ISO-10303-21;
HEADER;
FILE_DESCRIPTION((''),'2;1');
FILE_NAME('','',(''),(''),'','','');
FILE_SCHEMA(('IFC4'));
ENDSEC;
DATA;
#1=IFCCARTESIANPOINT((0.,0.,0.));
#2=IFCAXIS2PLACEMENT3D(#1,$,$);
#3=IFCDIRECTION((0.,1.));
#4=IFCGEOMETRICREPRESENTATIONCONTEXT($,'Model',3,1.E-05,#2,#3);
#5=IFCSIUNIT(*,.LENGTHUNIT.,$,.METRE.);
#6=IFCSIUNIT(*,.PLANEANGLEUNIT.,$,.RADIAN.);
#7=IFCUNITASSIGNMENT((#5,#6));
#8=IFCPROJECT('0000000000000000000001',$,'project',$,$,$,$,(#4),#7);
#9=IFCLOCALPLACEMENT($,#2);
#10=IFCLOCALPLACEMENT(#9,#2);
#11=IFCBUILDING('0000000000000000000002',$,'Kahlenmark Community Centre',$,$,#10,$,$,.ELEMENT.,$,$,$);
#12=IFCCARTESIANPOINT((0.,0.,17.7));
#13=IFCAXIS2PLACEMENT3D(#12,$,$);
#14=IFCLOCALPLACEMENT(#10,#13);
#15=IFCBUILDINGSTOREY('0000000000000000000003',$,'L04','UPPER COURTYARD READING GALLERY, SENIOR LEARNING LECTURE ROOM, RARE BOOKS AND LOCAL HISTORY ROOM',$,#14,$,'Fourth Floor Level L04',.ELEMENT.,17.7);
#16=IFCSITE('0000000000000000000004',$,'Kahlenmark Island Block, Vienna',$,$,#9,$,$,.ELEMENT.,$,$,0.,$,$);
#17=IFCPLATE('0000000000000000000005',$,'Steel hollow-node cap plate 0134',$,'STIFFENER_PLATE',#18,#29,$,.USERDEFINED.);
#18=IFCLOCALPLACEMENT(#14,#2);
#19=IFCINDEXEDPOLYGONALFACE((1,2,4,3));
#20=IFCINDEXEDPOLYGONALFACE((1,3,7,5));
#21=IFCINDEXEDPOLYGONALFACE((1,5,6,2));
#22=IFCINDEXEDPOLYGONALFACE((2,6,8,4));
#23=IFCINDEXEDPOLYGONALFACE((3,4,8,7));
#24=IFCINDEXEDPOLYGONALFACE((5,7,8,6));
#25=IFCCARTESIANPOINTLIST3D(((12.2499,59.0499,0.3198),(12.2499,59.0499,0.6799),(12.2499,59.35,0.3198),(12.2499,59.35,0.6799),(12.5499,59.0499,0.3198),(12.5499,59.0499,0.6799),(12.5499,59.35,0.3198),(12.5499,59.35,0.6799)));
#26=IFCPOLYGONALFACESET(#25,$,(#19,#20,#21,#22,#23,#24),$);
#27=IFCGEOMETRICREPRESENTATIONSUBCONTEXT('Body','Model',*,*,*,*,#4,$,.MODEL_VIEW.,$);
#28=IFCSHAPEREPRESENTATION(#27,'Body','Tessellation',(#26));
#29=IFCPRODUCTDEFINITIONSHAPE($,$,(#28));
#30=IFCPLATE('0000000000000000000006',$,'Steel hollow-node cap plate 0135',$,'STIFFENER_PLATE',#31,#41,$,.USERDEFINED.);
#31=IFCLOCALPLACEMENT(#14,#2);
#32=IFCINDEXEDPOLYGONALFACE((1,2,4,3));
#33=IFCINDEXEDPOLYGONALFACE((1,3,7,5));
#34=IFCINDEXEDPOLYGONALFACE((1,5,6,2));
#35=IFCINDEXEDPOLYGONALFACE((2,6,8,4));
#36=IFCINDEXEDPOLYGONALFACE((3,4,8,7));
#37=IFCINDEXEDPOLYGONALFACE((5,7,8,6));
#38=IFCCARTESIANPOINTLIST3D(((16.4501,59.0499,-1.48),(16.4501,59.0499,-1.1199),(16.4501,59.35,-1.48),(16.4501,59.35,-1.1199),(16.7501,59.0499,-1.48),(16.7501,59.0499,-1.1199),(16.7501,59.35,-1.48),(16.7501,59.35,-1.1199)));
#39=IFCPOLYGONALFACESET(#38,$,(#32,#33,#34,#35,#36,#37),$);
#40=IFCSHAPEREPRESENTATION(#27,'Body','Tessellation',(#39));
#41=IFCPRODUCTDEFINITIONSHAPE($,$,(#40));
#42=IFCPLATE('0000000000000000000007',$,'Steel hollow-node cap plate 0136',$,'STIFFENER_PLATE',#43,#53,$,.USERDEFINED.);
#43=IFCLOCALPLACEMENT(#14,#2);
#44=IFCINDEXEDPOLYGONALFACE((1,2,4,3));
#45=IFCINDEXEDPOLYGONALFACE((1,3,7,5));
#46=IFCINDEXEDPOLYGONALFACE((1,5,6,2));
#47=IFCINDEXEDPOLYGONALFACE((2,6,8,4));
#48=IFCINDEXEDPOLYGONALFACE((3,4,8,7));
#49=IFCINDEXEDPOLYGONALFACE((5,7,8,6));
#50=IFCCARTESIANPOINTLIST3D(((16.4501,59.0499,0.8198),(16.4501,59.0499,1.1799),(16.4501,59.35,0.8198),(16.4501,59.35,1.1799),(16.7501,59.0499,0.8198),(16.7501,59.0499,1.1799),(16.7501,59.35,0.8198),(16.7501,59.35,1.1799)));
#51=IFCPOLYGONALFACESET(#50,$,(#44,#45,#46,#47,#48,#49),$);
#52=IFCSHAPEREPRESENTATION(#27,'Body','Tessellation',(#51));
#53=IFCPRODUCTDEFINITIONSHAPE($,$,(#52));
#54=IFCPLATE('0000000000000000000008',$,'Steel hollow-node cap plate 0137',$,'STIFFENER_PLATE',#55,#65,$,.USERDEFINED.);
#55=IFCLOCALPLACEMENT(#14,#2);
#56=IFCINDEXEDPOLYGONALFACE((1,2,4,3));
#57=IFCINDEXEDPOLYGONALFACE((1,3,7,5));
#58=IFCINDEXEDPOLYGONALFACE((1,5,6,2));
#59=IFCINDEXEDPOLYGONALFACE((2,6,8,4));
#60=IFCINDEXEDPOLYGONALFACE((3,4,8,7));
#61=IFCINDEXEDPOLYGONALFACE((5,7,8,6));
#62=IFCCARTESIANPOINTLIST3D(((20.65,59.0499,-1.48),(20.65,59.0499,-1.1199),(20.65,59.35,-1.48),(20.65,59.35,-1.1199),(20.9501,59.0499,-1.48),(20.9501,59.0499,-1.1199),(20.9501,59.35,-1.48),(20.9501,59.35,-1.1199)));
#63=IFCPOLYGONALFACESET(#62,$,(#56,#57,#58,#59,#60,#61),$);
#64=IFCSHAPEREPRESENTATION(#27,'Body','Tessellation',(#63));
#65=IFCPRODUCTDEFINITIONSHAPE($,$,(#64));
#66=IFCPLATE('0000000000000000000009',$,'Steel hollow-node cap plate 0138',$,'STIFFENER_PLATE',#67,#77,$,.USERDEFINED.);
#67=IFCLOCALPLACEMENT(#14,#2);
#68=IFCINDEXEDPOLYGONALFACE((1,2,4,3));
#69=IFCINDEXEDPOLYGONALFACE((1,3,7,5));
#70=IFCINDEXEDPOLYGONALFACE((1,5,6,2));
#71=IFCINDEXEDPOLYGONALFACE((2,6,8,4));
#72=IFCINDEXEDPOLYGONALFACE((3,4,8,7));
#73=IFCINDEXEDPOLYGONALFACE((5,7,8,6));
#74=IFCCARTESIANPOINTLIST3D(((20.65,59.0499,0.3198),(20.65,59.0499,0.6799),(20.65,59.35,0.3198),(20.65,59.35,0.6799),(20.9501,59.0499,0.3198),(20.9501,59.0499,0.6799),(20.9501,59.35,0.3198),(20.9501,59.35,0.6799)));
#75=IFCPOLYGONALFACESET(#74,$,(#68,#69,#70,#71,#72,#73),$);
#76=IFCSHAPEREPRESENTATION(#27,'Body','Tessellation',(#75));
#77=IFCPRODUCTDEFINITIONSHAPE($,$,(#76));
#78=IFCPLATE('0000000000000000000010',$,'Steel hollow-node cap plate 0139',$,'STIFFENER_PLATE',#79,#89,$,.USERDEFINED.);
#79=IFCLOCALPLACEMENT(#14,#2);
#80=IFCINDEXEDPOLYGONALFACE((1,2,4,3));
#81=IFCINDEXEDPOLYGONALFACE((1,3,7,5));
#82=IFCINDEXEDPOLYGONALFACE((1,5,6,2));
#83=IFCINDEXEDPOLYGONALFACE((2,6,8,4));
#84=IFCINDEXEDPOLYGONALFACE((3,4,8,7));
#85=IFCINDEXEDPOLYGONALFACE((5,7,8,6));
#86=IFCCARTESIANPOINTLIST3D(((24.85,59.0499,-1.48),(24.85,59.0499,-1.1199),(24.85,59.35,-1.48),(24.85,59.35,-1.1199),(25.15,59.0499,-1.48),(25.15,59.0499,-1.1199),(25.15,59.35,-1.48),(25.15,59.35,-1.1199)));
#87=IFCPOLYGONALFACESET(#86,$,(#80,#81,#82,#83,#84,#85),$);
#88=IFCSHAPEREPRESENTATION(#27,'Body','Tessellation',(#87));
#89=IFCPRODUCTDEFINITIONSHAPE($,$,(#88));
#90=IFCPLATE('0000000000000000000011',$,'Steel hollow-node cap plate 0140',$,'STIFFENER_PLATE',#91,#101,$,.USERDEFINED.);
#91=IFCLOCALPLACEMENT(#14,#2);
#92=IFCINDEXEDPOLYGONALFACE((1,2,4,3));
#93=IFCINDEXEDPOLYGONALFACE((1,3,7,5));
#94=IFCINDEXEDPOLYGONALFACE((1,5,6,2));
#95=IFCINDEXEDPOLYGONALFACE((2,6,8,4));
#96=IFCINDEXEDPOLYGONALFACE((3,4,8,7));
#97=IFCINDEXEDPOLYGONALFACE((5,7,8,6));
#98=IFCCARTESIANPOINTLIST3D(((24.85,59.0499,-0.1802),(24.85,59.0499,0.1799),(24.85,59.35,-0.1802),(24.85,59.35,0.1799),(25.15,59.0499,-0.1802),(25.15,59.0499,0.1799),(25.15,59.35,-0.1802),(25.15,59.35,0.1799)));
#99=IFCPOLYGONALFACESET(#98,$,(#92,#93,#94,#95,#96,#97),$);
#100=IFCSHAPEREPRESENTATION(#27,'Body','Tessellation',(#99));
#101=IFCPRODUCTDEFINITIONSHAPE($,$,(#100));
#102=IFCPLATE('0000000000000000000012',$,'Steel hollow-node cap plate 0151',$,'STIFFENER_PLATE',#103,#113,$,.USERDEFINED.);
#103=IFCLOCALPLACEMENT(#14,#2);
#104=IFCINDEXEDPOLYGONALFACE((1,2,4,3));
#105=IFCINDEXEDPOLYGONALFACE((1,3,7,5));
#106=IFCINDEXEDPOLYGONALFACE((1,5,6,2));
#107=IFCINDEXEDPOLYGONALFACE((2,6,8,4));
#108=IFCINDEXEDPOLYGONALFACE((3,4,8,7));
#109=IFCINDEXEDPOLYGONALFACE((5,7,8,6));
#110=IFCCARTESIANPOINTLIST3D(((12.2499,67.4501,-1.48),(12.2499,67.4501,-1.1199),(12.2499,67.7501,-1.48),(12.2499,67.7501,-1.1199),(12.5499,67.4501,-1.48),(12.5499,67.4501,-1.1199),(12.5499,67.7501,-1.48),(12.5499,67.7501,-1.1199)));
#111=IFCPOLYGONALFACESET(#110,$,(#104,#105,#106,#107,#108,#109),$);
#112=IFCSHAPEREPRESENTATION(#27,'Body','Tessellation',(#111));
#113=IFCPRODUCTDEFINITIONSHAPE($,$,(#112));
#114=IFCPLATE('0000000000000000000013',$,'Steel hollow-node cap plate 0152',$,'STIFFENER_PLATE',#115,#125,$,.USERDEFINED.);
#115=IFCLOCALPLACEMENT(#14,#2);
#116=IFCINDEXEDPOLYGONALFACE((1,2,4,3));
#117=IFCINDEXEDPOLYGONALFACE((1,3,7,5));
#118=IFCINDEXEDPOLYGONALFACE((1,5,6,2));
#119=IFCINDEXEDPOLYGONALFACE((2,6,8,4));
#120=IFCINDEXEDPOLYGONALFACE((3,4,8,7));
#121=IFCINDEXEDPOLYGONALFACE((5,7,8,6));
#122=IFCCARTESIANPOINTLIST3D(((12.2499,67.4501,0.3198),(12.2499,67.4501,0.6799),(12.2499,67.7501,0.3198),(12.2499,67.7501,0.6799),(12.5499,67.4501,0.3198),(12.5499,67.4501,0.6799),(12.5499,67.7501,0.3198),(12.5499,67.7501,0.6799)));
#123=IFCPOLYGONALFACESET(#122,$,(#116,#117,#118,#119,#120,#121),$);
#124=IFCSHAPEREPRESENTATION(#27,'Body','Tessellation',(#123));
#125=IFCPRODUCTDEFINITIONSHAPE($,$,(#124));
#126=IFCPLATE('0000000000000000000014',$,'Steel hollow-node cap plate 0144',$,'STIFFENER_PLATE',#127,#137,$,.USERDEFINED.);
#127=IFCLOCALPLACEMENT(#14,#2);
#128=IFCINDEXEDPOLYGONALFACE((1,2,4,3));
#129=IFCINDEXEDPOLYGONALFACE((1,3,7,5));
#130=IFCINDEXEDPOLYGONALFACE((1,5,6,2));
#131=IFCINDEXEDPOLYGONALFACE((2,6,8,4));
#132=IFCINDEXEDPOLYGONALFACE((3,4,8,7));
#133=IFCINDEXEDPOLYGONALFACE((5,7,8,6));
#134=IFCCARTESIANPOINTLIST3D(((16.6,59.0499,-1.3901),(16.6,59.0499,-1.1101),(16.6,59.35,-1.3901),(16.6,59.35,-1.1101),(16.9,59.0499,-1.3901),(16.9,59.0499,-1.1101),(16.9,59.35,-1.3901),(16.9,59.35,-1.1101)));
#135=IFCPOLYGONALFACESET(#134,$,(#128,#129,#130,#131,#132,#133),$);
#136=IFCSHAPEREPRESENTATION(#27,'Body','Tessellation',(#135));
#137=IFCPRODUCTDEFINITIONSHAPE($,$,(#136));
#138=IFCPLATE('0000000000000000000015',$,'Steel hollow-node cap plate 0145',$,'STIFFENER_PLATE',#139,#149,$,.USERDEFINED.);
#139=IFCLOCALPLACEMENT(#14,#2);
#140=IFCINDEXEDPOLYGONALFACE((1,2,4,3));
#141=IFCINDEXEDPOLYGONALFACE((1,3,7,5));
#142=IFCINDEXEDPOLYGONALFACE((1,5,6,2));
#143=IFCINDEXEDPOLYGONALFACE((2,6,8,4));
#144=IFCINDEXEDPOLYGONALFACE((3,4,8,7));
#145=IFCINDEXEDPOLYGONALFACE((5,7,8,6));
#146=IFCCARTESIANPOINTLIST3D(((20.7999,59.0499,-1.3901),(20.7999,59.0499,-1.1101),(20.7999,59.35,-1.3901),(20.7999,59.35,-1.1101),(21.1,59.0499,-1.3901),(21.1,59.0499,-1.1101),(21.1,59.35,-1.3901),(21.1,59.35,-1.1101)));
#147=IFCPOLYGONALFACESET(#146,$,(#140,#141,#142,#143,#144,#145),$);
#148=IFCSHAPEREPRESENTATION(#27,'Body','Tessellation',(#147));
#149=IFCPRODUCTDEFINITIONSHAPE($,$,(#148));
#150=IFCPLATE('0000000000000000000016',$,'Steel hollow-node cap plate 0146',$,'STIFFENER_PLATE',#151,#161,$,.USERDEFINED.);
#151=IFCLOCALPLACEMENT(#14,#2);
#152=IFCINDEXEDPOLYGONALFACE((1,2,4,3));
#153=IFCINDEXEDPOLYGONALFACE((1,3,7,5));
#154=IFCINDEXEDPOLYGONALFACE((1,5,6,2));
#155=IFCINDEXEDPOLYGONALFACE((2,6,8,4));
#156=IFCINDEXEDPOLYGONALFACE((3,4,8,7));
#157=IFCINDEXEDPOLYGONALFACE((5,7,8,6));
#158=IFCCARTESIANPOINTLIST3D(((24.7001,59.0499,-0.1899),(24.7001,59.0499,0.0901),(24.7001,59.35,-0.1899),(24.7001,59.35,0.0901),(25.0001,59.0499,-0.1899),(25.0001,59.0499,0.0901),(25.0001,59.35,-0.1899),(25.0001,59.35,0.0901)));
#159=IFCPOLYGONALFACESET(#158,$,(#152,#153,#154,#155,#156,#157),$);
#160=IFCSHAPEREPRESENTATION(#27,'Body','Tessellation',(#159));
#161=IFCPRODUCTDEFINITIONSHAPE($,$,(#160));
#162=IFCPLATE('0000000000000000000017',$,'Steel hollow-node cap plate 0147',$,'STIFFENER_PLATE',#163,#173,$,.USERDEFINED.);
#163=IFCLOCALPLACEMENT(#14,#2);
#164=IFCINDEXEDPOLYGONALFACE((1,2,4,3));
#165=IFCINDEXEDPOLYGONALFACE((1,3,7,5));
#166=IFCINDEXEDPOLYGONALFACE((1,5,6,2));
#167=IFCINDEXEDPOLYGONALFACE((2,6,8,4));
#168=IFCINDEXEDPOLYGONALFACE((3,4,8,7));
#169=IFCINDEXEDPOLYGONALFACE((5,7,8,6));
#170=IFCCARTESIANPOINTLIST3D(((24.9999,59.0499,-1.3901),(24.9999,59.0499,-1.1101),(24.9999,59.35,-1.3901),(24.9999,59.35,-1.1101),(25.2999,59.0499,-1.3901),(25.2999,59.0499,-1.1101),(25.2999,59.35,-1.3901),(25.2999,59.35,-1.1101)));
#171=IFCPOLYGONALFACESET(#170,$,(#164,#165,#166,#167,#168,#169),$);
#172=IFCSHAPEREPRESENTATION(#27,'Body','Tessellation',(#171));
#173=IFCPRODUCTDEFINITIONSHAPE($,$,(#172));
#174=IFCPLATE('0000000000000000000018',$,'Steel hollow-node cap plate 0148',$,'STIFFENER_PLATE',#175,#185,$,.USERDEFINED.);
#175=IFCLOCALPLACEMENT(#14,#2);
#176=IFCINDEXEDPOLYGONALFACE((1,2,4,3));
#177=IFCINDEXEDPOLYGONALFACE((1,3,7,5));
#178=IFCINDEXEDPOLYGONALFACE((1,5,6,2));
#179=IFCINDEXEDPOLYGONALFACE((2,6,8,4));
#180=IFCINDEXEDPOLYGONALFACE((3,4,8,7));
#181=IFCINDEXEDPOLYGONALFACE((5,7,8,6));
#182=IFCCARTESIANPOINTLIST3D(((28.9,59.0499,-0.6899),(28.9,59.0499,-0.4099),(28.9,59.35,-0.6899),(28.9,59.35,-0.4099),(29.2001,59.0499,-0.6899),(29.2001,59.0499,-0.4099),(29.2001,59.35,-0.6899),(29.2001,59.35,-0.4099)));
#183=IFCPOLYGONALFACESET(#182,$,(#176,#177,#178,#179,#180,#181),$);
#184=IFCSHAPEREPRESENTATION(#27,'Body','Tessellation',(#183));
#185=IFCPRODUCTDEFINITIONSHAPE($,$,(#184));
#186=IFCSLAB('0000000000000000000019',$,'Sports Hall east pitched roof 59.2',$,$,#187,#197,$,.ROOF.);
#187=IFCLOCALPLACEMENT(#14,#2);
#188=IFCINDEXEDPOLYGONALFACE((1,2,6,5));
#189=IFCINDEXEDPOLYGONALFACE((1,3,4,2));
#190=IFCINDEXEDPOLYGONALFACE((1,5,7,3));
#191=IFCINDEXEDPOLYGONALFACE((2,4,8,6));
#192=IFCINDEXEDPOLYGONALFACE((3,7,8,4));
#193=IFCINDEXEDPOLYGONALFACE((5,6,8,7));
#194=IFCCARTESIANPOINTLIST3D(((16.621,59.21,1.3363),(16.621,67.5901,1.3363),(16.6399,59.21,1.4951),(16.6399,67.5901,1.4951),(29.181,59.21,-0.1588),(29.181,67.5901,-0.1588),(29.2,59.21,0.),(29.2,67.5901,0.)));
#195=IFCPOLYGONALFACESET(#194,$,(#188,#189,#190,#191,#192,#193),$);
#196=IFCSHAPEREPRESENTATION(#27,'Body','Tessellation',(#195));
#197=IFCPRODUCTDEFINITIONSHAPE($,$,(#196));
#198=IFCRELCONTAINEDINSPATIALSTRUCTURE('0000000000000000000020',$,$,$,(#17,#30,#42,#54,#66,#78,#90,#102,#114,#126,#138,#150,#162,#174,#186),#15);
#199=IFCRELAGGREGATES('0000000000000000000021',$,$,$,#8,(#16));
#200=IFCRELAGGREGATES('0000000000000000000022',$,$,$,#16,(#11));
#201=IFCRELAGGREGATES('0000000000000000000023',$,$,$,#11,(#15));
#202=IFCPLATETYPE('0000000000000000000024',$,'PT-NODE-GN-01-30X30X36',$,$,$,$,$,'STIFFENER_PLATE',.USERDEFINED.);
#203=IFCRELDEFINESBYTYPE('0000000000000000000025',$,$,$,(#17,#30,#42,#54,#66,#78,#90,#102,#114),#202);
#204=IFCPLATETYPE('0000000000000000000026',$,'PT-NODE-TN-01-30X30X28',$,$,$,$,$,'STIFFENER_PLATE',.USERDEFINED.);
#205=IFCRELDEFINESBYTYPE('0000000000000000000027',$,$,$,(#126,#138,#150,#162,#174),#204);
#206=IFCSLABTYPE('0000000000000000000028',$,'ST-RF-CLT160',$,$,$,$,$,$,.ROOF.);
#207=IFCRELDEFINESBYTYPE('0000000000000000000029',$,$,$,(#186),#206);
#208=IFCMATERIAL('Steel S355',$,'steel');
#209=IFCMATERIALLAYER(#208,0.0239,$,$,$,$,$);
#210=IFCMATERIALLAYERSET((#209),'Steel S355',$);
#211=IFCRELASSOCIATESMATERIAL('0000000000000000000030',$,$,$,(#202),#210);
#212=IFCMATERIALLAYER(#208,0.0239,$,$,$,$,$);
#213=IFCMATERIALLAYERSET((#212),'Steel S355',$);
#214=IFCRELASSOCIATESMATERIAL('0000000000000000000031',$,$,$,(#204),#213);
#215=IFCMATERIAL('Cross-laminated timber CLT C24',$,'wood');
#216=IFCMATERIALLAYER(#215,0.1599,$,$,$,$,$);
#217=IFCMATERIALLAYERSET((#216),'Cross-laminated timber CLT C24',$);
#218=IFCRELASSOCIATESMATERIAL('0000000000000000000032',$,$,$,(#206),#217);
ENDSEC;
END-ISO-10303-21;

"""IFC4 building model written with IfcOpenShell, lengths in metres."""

from ifc_helpers import new_model, si_unit, direction, frame, origin, origin_2d, place, context, subcontext, project, spatial, polyline, rectangle, outline, extrude, material, layer, layer_set, type_object, element, save


model = new_model("IFC4")

# Units and contexts
model_context = context("Model", 3, precision=1e-05, world=origin(), true_north=direction((0.0, 1.0)))
body_context = subcontext(model_context, "Body", "Model", "MODEL_VIEW")
ifc_project = project(units=[si_unit("LENGTHUNIT", "METRE"), si_unit("PLANEANGLEUNIT", "RADIAN")], contexts=[model_context])

# Site, building, storey
site_placement = place(None, origin())
site = spatial("IfcSite", under=ifc_project, at=site_placement, Name="Kahlenmark Island Block, Vienna", CompositionType="ELEMENT", RefElevation=0.0)
building_placement = place(site_placement, origin())
building = spatial("IfcBuilding", under=site, at=building_placement, Name="Kahlenmark Community Centre", CompositionType="ELEMENT")
storey_placement = place(building_placement, frame((0.0, 0.0, 17.7)))
storey = spatial("IfcBuildingStorey", under=building, at=storey_placement, Name="L04", Description="UPPER COURTYARD READING GALLERY, SENIOR LEARNING LECTURE ROOM, RARE BOOKS AND LOCAL HISTORY ROOM", LongName="Fourth Floor Level L04", CompositionType="ELEMENT", Elevation=17.7)

# Shared definitions
ifc_material_1 = material(Name="Steel S355", Category="steel")

# Plates
ifc_layer_1 = layer(ifc_material_1, 0.0239)
ifc_layer_set_1 = layer_set([ifc_layer_1], Name="Steel S355")
plate_type_1 = type_object("IfcPlateType", Name="PT-NODE-GN-01-30X30X36", ElementType="STIFFENER_PLATE", PredefinedType="USERDEFINED", material=ifc_layer_set_1)
for number, where, z_axis, x_axis, name in (
    (1, (12.3999, 59.2, 0.3198), (0.0, 0.0, 1.0), (1.0, 0.0, 0.0), "Steel hollow-node cap plate 0134"),
    (2, (16.6001, 59.2, -1.48), (0.0, 0.0, 1.0), (1.0, 0.0, 0.0), "Steel hollow-node cap plate 0135"),
    (3, (16.6001, 59.2, 0.8198), (0.0, 0.0, 1.0), (1.0, 0.0, 0.0), "Steel hollow-node cap plate 0136"),
    (4, (20.8, 59.2, -1.48), (0.0, 0.0, 1.0), (1.0, 0.0, 0.0), "Steel hollow-node cap plate 0137"),
    (5, (20.8, 59.2, 0.3198), (0.0, 0.0, 1.0), (1.0, 0.0, 0.0), "Steel hollow-node cap plate 0138"),
    (6, (25.0, 59.2, -1.48), (0.0, 0.0, 1.0), (1.0, 0.0, 0.0), "Steel hollow-node cap plate 0139"),
    (7, (25.0, 59.2, -0.1802), (0.0, 0.0, 1.0), (1.0, 0.0, 0.0), "Steel hollow-node cap plate 0140"),
    (8, (12.3999, 67.6001, -1.48), (0.0, 0.0, 1.0), (1.0, 0.0, 0.0), "Steel hollow-node cap plate 0151"),
    (9, (12.3999, 67.6001, 0.3198), (0.0, 0.0, 1.0), (1.0, 0.0, 0.0), "Steel hollow-node cap plate 0152"),
):
    element("IfcPlate", number, at=place(storey_placement, frame(where, z_axis=z_axis, x_axis=x_axis)), inside=storey, type_object=plate_type_1, Name=name, ObjectType="STIFFENER_PLATE", PredefinedType="USERDEFINED", context=body_context, shape_type="SweptSolid", body=[
        extrude(rectangle(XDim=0.3, YDim=0.3, at=origin_2d()), origin(), (0.0, 0.0, 1.0), 0.3601),
    ])
ifc_layer_2 = layer(ifc_material_1, 0.0239)
ifc_layer_set_2 = layer_set([ifc_layer_2], Name="Steel S355")
plate_type_2 = type_object("IfcPlateType", Name="PT-NODE-TN-01-30X30X28", ElementType="STIFFENER_PLATE", PredefinedType="USERDEFINED", material=ifc_layer_set_2)
for number, where, z_axis, x_axis, name in (
    (10, (16.75, 59.2, -1.3901), (0.0, 0.0, 1.0), (1.0, 0.0, 0.0), "Steel hollow-node cap plate 0144"),
    (11, (20.95, 59.2, -1.3901), (0.0, 0.0, 1.0), (1.0, 0.0, 0.0), "Steel hollow-node cap plate 0145"),
    (12, (24.8501, 59.2, -0.1899), (0.0, 0.0, 1.0), (1.0, 0.0, 0.0), "Steel hollow-node cap plate 0146"),
    (13, (25.1499, 59.2, -1.3901), (0.0, 0.0, 1.0), (1.0, 0.0, 0.0), "Steel hollow-node cap plate 0147"),
    (14, (29.05, 59.2, -0.6899), (0.0, 0.0, 1.0), (1.0, 0.0, 0.0), "Steel hollow-node cap plate 0148"),
):
    element("IfcPlate", number, at=place(storey_placement, frame(where, z_axis=z_axis, x_axis=x_axis)), inside=storey, type_object=plate_type_2, Name=name, ObjectType="STIFFENER_PLATE", PredefinedType="USERDEFINED", context=body_context, shape_type="SweptSolid", body=[
        extrude(rectangle(XDim=0.3, YDim=0.3, at=origin_2d()), origin(), (0.0, 0.0, 1.0), 0.28),
    ])

# Slab
ifc_material_2 = material(Name="Cross-laminated timber CLT C24", Category="wood")
ifc_layer_3 = layer(ifc_material_2, 0.1599)
ifc_layer_set_3 = layer_set([ifc_layer_3], Name="Cross-laminated timber CLT C24")
slab_type = type_object("IfcSlabType", Name="ST-RF-CLT160", PredefinedType="ROOF", material=ifc_layer_set_3)
slab_placement = place(storey_placement, frame((16.6399, 59.21, 1.4951), z_axis=(0.118203, 0.0, 0.992989), x_axis=(0.992989, 0.0, -0.118203)))
element("IfcSlab", 15, at=slab_placement, inside=storey, type_object=slab_type, Name="Sports Hall east pitched roof 59.2", PredefinedType="ROOF", context=body_context, shape_type="SweptSolid", body=[
    extrude(outline(polyline([(0.0, 0.0), (12.6487, 0.0), (12.6487, 8.3801), (0.0, 8.3801), (0.0, 0.0)])), origin(), (0.0, 0.0, -1.0), 0.1599),
])

save(model, "model.ifc")
